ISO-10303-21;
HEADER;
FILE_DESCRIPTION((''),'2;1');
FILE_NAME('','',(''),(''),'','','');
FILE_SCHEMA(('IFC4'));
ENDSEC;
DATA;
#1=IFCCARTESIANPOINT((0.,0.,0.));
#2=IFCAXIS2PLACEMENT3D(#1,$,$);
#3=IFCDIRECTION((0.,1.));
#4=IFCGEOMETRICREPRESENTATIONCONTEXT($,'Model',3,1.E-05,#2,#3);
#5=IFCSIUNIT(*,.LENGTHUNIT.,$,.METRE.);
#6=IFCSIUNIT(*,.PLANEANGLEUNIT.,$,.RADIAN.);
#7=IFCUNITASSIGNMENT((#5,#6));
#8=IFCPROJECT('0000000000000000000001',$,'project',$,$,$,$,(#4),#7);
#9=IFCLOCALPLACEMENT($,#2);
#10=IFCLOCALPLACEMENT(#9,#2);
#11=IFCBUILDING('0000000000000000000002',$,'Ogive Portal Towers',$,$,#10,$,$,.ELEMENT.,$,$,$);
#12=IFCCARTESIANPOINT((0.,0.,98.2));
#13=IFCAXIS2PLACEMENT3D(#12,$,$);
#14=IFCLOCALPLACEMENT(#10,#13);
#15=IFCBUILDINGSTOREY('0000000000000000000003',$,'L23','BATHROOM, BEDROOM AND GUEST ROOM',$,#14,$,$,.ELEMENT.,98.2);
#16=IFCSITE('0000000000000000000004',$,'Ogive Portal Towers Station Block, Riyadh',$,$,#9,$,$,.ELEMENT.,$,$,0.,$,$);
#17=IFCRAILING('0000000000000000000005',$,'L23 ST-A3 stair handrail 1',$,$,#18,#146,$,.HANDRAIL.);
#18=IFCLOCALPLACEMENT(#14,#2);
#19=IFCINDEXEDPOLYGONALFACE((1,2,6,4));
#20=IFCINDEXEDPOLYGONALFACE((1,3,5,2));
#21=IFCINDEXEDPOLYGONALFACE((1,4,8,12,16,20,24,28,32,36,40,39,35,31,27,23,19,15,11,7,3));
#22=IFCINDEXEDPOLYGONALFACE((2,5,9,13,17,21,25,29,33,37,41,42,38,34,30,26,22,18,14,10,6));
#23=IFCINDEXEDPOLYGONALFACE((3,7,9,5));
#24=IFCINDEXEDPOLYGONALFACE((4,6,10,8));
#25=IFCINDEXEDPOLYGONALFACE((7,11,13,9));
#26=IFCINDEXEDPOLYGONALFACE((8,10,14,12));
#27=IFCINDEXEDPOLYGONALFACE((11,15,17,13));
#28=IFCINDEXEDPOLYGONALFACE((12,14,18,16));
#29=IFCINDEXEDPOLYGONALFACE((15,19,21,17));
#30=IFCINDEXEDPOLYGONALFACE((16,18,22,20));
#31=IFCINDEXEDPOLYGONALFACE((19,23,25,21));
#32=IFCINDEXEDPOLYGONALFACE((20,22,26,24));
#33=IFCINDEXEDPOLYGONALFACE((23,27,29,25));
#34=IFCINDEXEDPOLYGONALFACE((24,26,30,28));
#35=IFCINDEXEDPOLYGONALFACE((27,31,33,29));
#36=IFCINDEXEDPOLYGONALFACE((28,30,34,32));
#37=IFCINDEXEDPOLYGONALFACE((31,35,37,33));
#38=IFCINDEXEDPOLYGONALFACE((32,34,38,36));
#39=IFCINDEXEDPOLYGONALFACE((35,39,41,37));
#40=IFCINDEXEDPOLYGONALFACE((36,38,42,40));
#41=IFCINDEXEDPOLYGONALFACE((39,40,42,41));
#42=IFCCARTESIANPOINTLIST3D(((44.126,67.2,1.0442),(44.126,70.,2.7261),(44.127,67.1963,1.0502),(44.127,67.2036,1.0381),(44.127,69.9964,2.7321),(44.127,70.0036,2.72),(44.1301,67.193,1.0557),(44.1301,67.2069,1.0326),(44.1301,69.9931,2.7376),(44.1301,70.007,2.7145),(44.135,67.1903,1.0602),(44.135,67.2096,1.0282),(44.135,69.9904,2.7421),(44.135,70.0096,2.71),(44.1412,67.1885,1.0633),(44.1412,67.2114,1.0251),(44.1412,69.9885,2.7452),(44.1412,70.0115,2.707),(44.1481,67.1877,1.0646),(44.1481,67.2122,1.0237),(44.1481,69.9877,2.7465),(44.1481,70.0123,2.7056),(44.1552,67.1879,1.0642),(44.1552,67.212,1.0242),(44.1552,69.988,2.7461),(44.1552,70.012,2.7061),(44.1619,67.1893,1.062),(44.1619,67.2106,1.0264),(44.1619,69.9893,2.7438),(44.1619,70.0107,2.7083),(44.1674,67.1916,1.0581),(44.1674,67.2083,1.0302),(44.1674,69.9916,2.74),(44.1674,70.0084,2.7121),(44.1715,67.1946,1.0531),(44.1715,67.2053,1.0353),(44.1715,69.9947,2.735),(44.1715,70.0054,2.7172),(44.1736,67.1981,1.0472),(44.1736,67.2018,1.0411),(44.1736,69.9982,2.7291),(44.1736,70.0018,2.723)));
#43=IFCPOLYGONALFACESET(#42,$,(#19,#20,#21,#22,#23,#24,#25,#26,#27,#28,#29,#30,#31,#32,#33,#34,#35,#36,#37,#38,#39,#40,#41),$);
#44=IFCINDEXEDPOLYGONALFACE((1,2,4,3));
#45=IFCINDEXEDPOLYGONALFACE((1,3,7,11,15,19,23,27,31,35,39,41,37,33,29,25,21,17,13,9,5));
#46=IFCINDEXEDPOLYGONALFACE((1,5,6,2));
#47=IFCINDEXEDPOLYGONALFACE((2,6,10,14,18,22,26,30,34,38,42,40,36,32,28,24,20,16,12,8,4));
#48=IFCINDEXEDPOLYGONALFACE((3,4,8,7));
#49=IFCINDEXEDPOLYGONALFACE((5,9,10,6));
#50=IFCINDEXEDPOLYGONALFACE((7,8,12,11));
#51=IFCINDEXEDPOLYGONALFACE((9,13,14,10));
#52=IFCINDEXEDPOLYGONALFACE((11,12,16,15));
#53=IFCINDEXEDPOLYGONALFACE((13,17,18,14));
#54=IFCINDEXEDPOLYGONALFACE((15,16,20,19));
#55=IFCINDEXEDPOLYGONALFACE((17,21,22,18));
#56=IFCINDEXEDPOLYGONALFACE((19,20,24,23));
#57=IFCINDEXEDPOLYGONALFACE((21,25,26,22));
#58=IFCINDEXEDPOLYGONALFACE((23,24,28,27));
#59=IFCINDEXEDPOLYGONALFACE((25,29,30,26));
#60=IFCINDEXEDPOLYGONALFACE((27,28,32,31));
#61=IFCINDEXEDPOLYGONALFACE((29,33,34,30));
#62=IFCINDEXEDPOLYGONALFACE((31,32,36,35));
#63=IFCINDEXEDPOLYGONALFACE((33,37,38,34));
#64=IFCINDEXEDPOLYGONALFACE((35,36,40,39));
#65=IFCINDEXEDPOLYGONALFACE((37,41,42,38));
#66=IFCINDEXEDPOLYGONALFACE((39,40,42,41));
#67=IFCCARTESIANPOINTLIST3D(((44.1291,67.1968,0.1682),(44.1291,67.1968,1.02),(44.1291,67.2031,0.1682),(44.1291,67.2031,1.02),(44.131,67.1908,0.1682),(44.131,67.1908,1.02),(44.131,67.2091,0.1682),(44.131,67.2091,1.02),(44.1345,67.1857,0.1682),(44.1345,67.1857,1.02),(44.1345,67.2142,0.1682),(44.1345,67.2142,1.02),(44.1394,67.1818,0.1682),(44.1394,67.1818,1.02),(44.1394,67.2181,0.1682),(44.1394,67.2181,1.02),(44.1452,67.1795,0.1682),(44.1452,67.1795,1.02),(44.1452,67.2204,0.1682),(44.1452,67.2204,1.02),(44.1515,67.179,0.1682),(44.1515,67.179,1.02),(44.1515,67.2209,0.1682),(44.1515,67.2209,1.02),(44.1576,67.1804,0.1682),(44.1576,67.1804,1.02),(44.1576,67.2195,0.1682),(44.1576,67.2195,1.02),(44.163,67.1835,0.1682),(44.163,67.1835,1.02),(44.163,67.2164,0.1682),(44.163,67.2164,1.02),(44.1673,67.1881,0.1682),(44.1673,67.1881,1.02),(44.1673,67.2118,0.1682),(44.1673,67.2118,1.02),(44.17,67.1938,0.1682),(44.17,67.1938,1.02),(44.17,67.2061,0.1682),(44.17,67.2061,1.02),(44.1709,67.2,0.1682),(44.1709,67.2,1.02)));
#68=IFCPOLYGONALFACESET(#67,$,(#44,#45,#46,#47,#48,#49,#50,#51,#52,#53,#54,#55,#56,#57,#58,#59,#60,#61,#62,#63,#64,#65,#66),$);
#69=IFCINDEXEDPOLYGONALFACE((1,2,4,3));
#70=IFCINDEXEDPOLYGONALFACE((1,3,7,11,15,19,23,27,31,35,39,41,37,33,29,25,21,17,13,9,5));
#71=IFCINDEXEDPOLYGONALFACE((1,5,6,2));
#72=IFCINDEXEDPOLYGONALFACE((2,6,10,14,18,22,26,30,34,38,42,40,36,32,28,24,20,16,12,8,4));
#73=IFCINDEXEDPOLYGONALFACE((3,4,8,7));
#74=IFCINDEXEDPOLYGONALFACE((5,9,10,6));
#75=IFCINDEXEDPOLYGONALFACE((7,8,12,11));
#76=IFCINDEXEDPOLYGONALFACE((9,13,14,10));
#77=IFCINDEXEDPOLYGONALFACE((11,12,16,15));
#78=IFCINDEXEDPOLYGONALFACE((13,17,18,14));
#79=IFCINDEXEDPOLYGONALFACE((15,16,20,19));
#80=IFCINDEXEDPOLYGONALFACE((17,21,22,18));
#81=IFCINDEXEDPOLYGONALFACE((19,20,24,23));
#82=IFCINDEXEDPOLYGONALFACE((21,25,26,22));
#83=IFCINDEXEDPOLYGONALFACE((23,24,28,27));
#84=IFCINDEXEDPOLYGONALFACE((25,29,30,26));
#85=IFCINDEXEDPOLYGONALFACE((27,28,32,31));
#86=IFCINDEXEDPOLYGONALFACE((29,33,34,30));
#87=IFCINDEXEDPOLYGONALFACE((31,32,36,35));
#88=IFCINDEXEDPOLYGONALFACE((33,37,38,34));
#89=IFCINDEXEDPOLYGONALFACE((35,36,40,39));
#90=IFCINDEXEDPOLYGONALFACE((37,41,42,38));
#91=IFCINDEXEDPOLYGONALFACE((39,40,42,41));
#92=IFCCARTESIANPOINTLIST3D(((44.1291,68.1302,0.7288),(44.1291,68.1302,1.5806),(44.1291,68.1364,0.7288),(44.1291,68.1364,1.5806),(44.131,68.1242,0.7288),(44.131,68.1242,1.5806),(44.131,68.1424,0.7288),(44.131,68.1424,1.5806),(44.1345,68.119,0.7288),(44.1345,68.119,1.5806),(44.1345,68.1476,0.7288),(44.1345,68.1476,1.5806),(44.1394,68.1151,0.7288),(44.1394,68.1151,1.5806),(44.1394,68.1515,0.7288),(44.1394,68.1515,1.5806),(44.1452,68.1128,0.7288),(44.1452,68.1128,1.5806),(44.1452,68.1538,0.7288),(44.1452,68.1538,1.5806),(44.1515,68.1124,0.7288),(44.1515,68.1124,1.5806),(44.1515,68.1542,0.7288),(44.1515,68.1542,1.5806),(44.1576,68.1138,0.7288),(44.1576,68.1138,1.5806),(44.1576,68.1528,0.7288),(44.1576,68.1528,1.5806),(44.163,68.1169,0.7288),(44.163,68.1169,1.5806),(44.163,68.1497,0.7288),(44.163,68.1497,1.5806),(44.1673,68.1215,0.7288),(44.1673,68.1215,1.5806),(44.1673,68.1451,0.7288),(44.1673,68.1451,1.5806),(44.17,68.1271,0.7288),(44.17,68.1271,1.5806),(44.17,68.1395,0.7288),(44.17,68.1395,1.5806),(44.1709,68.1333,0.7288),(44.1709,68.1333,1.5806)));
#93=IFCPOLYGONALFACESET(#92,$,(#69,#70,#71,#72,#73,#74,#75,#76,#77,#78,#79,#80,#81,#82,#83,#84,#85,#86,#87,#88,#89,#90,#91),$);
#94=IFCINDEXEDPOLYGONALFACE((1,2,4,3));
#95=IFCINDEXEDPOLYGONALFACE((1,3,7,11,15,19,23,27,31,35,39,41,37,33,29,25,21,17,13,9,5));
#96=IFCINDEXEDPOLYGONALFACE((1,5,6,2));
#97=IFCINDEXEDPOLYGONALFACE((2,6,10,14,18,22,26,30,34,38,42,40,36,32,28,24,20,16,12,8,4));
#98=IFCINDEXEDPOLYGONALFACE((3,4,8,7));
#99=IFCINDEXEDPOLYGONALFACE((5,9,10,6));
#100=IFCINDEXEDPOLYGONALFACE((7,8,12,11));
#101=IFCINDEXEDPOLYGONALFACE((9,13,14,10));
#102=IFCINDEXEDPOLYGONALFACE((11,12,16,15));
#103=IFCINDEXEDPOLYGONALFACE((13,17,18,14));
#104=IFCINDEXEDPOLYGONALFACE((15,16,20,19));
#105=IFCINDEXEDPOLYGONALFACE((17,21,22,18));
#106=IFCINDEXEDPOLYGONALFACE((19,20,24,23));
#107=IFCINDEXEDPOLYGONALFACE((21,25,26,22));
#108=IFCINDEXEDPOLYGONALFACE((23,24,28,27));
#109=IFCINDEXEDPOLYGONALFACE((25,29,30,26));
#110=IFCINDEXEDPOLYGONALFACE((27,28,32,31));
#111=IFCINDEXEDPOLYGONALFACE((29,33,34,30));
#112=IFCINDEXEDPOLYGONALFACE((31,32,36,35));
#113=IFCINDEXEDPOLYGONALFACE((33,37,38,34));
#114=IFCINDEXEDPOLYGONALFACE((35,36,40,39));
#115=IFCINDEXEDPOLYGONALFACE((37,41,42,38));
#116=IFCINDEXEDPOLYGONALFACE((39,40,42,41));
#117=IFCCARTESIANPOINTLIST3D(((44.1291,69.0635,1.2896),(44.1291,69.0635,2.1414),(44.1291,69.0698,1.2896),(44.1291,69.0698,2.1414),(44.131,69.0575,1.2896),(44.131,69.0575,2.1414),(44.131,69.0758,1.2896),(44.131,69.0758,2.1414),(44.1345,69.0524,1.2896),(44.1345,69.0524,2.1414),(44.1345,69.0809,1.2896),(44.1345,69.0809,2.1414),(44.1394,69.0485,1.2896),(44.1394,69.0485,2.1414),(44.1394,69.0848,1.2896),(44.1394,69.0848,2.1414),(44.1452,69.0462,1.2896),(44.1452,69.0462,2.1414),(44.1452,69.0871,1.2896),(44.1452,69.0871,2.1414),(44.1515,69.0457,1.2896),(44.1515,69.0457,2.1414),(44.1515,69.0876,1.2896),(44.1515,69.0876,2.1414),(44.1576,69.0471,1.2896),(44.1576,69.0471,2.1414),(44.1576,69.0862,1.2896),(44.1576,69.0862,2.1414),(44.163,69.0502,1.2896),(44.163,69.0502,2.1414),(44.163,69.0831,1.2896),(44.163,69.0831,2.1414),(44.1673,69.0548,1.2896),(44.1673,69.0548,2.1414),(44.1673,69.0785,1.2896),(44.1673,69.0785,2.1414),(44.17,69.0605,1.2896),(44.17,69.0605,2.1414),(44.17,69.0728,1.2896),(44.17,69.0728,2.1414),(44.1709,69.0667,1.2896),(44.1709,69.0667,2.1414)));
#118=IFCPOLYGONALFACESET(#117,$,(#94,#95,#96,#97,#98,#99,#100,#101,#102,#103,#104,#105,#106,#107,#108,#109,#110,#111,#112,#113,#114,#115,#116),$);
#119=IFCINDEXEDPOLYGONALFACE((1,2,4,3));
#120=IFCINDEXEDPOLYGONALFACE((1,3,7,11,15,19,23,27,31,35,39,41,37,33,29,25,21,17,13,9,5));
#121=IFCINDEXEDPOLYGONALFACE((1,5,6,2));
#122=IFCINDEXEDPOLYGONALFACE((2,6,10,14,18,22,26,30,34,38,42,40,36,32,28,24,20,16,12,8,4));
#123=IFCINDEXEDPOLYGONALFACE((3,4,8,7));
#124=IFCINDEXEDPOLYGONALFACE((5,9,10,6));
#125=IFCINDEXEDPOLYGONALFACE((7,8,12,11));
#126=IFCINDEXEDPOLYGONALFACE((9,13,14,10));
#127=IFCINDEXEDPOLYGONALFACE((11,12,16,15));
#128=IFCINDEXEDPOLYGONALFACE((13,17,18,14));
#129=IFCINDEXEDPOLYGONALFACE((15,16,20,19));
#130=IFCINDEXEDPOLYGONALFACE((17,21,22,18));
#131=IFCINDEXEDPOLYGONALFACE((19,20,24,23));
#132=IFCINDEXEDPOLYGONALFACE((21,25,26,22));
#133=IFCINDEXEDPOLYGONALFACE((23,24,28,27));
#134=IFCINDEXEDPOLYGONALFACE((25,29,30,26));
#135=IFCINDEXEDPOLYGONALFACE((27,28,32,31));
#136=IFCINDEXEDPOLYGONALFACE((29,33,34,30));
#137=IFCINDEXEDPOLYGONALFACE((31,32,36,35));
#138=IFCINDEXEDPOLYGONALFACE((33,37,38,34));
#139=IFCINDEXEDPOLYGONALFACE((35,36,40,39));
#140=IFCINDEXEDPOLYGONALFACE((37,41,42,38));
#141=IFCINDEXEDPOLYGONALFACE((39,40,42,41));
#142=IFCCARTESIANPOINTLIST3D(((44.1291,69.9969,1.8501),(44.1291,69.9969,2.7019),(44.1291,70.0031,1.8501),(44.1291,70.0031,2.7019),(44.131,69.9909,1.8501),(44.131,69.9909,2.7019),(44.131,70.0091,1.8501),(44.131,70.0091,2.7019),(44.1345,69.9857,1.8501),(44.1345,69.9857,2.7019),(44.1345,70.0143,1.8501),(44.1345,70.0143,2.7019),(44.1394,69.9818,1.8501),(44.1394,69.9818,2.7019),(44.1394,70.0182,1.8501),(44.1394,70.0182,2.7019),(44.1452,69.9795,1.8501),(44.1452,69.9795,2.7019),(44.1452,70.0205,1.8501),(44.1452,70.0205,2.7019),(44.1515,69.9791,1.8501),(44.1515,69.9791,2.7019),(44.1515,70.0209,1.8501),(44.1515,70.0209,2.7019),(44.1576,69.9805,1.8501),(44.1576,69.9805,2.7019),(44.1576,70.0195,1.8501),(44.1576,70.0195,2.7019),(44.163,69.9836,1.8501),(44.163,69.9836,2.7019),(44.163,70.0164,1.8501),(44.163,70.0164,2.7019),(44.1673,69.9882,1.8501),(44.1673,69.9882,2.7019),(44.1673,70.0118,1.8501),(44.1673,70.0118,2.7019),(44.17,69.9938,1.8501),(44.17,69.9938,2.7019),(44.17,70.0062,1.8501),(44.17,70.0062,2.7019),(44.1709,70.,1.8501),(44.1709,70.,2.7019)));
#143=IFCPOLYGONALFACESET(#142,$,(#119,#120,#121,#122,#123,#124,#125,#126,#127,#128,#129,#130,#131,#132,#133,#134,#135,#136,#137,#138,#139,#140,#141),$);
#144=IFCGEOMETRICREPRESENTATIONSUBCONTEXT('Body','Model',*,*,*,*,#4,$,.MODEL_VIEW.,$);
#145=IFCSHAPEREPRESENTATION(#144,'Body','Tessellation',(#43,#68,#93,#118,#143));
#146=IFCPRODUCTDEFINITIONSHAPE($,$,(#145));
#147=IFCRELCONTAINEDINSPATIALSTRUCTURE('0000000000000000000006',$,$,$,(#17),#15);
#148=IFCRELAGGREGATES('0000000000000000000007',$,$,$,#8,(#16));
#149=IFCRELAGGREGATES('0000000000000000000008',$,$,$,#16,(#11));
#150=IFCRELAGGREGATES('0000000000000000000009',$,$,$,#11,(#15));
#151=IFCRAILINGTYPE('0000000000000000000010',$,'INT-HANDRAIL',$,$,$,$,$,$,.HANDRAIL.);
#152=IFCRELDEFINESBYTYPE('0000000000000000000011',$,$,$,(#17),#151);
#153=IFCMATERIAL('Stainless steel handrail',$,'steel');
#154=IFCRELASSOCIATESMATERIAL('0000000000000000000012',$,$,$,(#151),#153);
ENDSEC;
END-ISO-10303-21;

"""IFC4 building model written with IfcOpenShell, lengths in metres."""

from ifc_helpers import new_model, si_unit, direction, frame, origin, origin_2d, place, context, subcontext, project, spatial, circle, extrude, material, type_object, element, save


model = new_model("IFC4")

# Units and contexts
model_context = context("Model", 3, precision=1e-05, world=origin(), true_north=direction((0.0, 1.0)))
body_context = subcontext(model_context, "Body", "Model", "MODEL_VIEW")
ifc_project = project(units=[si_unit("LENGTHUNIT", "METRE"), si_unit("PLANEANGLEUNIT", "RADIAN")], contexts=[model_context])

# Site, building, storey
site_placement = place(None, origin())
site = spatial("IfcSite", under=ifc_project, at=site_placement, Name="Ogive Portal Towers Station Block, Riyadh", CompositionType="ELEMENT", RefElevation=0.0)
building_placement = place(site_placement, origin())
building = spatial("IfcBuilding", under=site, at=building_placement, Name="Ogive Portal Towers", CompositionType="ELEMENT")
storey_placement = place(building_placement, frame((0.0, 0.0, 98.2)))
storey = spatial("IfcBuildingStorey", under=building, at=storey_placement, Name="L23", Description="BATHROOM, BEDROOM AND GUEST ROOM", CompositionType="ELEMENT", Elevation=98.2)

# Railing
ifc_material_1 = material(Name="Stainless steel handrail", Category="steel")
railing_type_1 = type_object("IfcRailingType", Name="INT-HANDRAIL", PredefinedType="HANDRAIL", material=ifc_material_1)
railing_1_placement = place(storey_placement, frame((44.1499, 67.2, 0.1682)))
element("IfcRailing", 1, at=railing_1_placement, inside=storey, type_object=railing_type_1, Name="L23 ST-A3 stair handrail 1", PredefinedType="HANDRAIL", context=body_context, shape_type="SweptSolid", body=[
    extrude(circle(Radius=0.0239, at=origin_2d()), frame((0.0, 0.0, 0.876), z_axis=(0.0, 0.857242, 0.514913), x_axis=(-1.0, 0.0, 0.0)), (0.0, 0.0, 1.0), 3.2664),
    extrude(circle(Radius=0.021, at=origin_2d()), origin(), (0.0, 0.0, 1.0), 0.8518),
    extrude(circle(Radius=0.021, at=origin_2d()), frame((0.0, 0.9333, 0.5605)), (0.0, 0.0, 1.0), 0.8518),
    extrude(circle(Radius=0.021, at=origin_2d()), frame((0.0, 1.8667, 1.1213)), (0.0, 0.0, 1.0), 0.8518),
    extrude(circle(Radius=0.021, at=origin_2d()), frame((0.0, 2.8, 1.6819)), (0.0, 0.0, 1.0), 0.8518),
])

save(model, "model.ifc")
